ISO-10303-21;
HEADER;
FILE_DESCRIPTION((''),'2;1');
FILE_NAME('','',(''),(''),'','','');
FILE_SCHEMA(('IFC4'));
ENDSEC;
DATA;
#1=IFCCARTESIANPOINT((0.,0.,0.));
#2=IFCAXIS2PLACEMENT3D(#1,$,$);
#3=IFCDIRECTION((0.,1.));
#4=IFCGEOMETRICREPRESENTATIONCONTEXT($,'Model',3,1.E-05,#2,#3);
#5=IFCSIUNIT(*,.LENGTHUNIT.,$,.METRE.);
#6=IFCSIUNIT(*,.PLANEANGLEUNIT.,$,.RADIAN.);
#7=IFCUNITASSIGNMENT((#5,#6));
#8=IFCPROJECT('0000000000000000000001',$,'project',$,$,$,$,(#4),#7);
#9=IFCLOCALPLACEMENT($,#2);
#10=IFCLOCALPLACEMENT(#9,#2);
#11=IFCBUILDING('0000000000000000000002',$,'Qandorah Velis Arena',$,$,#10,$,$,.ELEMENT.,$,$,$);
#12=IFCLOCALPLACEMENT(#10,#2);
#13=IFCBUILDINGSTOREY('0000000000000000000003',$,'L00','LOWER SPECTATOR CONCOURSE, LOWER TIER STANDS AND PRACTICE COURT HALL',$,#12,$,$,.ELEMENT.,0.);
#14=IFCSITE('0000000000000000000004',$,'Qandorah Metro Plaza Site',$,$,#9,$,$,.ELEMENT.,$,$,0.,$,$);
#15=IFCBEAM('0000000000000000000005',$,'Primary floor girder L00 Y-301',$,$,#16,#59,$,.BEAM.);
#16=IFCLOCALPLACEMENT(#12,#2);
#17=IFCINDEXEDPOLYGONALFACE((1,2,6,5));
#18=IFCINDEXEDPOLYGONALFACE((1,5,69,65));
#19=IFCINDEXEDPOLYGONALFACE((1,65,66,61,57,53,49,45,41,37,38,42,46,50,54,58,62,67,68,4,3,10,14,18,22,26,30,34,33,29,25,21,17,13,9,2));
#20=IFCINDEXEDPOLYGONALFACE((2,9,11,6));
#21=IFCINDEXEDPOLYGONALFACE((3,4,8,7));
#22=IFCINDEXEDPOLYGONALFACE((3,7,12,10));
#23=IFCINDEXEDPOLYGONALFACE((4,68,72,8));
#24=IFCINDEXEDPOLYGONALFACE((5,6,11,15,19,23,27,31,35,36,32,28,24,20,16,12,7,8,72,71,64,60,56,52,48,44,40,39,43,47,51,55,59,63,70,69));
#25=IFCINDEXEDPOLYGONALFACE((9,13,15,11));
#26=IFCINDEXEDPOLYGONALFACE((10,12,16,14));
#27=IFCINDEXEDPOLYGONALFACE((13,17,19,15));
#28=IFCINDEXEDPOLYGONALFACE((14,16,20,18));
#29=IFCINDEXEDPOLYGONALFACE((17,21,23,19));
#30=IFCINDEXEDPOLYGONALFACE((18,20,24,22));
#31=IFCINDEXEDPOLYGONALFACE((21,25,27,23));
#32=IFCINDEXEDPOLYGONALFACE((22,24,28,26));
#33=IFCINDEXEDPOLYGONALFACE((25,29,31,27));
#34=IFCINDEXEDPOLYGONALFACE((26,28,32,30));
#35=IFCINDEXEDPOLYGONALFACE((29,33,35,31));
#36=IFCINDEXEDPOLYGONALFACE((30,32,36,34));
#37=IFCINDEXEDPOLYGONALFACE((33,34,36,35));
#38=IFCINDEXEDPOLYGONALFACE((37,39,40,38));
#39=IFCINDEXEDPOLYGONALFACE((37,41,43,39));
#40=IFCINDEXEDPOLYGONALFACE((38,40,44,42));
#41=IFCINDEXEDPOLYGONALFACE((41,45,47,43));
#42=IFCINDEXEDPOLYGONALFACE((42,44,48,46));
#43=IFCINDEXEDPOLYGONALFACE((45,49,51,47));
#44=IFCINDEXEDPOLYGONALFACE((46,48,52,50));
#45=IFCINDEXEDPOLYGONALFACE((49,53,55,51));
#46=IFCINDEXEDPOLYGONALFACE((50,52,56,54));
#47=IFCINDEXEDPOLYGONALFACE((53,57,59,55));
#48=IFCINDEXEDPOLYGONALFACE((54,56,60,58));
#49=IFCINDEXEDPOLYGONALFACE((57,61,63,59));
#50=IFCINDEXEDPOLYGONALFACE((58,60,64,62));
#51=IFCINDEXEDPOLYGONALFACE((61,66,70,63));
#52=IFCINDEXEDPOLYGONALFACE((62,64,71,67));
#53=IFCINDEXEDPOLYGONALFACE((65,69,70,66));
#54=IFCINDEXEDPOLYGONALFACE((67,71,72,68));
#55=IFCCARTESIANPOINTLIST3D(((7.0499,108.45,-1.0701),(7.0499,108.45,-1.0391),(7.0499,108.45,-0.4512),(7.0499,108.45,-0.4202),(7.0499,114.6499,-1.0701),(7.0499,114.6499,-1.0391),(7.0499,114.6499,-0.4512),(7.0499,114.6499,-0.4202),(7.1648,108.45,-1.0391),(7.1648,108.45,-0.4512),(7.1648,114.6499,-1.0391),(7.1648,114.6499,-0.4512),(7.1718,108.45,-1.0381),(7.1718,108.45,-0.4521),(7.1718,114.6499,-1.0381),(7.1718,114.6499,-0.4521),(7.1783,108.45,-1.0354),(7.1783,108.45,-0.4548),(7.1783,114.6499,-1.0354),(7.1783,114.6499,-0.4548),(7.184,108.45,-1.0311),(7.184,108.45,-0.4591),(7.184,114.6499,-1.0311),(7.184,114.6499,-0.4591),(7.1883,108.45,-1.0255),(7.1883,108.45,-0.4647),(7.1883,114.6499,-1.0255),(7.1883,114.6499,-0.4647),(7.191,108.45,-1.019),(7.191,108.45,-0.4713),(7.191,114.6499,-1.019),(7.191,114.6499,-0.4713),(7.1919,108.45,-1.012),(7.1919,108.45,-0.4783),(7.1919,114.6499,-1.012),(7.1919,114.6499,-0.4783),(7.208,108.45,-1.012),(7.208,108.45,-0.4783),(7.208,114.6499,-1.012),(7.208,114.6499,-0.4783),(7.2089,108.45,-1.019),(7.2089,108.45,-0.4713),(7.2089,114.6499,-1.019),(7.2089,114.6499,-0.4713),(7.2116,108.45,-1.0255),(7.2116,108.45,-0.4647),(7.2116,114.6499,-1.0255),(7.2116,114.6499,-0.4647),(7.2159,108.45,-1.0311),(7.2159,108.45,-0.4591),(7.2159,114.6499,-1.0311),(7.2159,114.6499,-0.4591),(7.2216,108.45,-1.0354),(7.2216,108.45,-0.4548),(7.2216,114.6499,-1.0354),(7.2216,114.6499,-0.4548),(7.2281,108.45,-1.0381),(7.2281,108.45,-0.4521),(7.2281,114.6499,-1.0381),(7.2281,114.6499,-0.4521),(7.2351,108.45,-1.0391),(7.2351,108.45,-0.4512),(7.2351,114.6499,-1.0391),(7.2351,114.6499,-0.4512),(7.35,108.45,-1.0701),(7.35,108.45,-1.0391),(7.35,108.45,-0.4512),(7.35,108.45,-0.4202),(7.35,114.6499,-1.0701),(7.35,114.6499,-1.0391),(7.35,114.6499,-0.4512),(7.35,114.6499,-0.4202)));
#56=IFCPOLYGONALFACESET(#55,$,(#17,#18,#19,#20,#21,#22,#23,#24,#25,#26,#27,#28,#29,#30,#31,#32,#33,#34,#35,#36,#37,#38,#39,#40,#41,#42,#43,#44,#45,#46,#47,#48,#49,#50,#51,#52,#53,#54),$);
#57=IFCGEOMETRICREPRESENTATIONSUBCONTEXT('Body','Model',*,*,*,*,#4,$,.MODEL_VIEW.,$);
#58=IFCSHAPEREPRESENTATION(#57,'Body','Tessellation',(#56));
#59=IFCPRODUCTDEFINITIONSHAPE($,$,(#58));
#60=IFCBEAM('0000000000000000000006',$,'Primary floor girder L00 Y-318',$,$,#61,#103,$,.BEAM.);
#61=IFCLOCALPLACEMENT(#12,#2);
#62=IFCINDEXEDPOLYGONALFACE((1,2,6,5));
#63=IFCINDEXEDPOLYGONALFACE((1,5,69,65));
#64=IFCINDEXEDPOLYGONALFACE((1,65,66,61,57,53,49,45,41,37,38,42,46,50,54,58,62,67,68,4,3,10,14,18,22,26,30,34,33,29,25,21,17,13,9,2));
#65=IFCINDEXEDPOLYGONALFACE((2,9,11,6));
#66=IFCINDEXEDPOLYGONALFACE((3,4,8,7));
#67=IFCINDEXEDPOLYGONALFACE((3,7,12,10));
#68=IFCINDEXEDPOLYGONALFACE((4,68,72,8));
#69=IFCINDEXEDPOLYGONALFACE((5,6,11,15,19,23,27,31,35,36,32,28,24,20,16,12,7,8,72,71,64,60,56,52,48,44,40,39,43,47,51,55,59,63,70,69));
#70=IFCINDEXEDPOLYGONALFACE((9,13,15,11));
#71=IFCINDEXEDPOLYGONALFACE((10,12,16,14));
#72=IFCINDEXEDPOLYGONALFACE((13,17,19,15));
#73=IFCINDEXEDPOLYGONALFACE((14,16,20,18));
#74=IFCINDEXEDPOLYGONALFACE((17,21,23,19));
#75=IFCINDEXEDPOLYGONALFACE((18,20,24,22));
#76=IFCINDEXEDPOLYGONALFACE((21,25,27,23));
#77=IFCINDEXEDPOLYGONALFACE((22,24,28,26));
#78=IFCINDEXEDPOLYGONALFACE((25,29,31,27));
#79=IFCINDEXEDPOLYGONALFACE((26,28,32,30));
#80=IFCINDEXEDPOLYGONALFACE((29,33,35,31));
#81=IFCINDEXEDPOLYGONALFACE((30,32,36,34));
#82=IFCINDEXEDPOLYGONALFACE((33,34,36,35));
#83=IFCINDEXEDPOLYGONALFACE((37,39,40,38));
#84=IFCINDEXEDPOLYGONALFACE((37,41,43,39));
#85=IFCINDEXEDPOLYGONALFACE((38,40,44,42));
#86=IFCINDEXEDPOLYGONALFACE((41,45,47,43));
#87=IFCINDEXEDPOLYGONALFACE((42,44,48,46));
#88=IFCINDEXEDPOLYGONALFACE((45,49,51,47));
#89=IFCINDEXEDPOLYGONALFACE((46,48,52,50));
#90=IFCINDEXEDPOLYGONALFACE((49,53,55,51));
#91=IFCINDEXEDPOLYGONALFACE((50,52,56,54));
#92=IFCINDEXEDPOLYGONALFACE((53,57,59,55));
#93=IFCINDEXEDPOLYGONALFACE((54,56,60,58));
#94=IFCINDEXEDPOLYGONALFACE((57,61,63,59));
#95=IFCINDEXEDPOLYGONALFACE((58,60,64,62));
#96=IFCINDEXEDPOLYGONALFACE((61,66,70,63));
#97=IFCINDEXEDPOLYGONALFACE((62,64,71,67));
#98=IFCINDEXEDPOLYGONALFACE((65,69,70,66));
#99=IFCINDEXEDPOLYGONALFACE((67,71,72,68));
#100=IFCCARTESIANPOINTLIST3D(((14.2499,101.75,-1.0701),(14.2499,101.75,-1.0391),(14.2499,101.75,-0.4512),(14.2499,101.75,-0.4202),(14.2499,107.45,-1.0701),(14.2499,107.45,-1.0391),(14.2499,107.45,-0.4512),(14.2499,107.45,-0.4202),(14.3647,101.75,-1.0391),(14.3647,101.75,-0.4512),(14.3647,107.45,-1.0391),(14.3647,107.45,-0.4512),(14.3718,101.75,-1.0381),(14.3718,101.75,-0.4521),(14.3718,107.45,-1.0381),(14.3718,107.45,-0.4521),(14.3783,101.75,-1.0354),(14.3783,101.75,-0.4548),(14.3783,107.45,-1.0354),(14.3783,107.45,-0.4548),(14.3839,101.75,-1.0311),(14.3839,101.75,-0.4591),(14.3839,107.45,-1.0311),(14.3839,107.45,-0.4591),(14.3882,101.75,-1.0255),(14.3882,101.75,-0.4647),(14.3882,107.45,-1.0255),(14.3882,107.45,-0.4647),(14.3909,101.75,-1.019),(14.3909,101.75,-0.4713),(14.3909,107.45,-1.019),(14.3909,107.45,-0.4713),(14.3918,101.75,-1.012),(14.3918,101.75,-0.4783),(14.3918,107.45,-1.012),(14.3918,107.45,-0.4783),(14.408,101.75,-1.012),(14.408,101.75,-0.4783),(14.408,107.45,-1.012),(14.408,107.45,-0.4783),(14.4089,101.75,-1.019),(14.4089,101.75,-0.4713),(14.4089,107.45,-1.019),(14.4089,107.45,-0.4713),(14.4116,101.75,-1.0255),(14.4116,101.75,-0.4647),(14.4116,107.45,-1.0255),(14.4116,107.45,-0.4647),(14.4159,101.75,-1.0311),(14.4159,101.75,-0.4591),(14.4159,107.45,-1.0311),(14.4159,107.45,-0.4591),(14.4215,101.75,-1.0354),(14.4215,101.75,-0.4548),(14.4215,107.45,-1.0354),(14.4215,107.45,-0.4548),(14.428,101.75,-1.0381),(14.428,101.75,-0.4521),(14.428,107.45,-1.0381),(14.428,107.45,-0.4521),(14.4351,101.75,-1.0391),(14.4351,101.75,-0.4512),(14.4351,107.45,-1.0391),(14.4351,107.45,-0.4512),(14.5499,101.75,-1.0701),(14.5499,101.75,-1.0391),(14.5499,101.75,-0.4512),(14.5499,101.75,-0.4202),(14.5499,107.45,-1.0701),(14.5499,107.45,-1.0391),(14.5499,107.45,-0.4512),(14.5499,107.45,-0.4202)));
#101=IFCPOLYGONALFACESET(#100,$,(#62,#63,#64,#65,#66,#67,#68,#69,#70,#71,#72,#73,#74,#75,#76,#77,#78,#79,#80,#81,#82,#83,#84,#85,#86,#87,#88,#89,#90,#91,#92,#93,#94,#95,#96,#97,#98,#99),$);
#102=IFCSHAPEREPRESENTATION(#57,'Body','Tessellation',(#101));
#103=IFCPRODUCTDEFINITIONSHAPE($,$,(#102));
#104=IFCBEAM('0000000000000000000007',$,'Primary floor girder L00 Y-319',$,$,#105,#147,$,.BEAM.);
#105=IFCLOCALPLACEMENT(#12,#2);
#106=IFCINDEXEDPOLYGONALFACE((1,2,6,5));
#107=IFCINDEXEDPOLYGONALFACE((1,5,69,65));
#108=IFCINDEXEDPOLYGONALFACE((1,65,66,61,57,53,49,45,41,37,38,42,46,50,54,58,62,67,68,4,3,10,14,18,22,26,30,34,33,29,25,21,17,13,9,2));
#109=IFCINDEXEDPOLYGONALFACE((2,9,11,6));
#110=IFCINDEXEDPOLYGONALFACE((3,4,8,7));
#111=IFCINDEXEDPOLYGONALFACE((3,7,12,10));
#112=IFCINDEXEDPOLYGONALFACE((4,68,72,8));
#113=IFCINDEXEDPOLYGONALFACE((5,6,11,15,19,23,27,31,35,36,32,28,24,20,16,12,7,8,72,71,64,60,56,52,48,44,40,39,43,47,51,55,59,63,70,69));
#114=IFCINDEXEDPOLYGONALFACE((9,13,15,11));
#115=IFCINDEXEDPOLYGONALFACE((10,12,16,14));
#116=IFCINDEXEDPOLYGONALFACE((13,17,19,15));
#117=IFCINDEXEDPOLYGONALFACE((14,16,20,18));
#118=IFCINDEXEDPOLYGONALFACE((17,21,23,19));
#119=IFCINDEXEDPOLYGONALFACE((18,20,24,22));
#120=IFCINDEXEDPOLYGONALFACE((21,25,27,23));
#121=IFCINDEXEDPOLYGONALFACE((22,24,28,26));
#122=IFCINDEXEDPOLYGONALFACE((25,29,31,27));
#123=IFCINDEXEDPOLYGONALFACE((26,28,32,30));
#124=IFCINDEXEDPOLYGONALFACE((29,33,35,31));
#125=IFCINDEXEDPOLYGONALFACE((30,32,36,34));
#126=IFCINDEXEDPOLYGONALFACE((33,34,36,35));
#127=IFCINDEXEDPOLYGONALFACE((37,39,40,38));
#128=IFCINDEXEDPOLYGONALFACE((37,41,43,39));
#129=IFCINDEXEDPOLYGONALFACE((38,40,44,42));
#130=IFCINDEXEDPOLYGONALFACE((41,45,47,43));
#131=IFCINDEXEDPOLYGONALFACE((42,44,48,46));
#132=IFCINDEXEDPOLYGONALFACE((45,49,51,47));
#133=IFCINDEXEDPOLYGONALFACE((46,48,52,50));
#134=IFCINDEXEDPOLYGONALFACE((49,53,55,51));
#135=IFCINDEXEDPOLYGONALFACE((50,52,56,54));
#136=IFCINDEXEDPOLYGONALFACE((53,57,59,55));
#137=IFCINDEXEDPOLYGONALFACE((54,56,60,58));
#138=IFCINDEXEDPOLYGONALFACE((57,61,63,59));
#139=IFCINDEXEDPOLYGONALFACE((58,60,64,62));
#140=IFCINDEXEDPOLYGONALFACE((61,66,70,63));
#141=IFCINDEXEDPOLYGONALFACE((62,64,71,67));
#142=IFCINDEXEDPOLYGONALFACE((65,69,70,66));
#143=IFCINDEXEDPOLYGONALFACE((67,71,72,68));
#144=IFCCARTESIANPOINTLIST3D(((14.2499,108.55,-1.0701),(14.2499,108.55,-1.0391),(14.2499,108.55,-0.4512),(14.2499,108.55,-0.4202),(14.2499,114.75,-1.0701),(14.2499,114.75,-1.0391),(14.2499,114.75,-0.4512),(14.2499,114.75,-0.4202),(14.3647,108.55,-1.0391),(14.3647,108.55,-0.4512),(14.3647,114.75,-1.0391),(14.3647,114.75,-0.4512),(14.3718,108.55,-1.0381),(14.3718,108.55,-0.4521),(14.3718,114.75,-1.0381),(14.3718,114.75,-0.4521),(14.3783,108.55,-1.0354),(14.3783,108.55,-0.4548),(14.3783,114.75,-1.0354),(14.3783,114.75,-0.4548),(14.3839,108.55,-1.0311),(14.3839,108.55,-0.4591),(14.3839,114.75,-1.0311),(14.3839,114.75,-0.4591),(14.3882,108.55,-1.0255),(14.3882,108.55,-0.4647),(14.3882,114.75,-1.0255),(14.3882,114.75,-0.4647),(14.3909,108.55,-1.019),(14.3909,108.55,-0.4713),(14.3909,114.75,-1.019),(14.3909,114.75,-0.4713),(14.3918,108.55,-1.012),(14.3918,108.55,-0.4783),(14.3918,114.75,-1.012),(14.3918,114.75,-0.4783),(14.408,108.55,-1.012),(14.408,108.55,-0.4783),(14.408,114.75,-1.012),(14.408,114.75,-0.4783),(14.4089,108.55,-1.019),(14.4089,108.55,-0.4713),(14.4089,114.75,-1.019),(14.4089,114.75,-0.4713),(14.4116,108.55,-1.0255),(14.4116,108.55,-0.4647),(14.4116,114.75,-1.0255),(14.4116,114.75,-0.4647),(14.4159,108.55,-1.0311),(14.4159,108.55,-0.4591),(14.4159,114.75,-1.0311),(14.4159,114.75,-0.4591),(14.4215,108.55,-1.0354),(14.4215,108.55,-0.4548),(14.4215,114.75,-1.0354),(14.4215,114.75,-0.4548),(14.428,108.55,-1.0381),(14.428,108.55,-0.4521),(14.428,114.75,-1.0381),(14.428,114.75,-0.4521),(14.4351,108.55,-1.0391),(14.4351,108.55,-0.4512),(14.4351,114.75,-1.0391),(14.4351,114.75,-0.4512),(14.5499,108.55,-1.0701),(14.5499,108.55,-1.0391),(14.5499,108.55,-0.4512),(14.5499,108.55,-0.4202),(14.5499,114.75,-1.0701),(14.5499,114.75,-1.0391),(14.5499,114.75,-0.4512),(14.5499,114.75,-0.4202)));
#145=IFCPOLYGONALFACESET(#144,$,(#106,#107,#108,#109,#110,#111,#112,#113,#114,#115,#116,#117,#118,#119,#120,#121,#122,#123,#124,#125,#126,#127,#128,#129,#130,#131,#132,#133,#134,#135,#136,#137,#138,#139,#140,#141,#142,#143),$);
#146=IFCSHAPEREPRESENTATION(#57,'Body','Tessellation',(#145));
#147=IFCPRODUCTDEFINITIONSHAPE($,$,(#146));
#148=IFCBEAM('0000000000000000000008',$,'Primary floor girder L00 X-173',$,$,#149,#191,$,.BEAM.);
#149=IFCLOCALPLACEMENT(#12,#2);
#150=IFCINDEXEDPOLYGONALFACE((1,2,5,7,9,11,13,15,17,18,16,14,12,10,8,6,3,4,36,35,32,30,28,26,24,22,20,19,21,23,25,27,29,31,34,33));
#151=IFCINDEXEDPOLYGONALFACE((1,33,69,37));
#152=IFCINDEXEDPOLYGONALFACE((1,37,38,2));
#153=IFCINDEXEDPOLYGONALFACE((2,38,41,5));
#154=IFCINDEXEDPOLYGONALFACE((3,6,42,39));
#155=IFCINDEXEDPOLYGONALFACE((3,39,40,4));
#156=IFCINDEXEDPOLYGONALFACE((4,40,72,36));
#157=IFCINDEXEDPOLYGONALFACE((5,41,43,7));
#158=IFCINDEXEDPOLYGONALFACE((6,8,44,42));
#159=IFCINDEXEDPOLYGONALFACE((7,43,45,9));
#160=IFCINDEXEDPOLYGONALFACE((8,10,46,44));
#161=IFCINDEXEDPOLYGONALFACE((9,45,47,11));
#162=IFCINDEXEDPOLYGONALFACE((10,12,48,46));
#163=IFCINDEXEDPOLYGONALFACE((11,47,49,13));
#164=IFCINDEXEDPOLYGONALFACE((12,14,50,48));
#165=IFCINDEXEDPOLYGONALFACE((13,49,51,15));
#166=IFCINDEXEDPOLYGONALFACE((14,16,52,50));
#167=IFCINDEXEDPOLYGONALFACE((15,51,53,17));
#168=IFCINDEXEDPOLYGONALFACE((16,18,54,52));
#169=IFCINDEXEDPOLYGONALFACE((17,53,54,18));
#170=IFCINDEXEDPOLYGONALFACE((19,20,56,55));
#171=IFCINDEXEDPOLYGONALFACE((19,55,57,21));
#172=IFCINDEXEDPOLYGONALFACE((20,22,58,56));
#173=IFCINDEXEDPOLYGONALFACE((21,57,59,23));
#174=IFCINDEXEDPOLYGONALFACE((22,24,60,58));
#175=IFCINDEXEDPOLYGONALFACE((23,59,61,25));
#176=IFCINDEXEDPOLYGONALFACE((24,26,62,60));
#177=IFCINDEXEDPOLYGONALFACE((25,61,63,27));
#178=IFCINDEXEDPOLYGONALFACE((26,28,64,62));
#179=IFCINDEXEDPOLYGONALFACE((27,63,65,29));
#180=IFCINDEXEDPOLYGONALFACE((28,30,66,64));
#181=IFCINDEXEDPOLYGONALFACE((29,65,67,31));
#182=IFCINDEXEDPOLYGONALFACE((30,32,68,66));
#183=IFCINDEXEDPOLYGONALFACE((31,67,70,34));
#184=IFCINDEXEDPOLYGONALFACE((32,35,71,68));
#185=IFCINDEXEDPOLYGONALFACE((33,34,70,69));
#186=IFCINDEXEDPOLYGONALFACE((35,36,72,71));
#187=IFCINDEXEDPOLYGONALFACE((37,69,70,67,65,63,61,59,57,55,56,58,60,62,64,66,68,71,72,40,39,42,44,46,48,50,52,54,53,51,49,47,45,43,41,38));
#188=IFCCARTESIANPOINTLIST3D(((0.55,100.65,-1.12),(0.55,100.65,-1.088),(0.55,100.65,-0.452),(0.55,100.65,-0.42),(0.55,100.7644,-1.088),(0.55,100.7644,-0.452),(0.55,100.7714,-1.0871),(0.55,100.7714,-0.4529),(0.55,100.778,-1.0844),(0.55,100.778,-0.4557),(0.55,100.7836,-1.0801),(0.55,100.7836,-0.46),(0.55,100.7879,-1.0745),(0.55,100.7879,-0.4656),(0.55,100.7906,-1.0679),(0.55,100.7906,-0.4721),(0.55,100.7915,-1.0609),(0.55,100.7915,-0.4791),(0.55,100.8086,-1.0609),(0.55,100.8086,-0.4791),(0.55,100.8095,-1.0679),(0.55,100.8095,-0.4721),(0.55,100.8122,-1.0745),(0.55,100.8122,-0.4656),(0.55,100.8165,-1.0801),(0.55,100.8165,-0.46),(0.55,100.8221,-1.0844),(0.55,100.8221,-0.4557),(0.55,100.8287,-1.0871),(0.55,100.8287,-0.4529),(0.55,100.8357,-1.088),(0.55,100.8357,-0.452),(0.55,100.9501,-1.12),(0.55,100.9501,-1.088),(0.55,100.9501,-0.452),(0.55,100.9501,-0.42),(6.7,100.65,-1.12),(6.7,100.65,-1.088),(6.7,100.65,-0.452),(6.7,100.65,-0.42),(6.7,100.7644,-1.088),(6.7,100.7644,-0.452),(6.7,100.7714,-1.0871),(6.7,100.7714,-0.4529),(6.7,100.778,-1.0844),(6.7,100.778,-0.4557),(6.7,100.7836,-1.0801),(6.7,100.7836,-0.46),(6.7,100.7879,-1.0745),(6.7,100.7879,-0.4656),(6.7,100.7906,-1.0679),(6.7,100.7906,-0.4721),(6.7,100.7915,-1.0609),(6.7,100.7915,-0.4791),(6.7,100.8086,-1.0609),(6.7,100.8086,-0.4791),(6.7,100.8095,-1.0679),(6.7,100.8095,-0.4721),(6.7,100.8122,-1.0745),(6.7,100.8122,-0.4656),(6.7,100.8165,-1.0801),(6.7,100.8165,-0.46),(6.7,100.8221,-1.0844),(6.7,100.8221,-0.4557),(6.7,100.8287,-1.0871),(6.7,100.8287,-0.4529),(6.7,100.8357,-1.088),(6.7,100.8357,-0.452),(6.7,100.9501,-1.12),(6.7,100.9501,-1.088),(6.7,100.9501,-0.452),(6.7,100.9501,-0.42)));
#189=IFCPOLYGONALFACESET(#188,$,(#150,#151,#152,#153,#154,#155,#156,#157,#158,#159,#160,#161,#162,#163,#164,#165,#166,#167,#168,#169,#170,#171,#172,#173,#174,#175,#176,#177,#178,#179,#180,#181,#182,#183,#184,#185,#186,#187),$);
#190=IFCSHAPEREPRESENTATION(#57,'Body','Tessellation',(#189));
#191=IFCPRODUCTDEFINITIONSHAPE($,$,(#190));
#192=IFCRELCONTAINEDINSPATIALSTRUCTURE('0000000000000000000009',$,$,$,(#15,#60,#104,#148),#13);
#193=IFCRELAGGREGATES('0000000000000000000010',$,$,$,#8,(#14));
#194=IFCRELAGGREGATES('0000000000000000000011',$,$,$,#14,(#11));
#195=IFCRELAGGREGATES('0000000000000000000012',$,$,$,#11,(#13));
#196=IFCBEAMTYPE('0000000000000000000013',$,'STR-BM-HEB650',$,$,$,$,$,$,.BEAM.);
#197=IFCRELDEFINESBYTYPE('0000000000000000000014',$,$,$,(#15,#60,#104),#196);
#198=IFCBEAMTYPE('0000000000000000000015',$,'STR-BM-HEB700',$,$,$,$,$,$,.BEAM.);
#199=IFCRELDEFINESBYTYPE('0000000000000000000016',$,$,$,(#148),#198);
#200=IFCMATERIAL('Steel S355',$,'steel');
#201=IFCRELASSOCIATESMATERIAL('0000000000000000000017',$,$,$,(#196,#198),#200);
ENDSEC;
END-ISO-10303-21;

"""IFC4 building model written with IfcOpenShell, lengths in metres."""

from ifc_helpers import new_model, si_unit, direction, frame, origin, origin_2d, place, context, subcontext, project, spatial, i_section, extrude, material, material_profile, profile_set, type_object, element, save


model = new_model("IFC4")

# Units and contexts
model_context = context("Model", 3, precision=1e-05, world=origin(), true_north=direction((0.0, 1.0)))
body_context = subcontext(model_context, "Body", "Model", "MODEL_VIEW")
ifc_project = project(units=[si_unit("LENGTHUNIT", "METRE"), si_unit("PLANEANGLEUNIT", "RADIAN")], contexts=[model_context])

# Site, building, storey
site_placement = place(None, origin())
site = spatial("IfcSite", under=ifc_project, at=site_placement, Name="Qandorah Metro Plaza Site", CompositionType="ELEMENT", RefElevation=0.0)
building_placement = place(site_placement, origin())
building = spatial("IfcBuilding", under=site, at=building_placement, Name="Qandorah Velis Arena", CompositionType="ELEMENT")
storey_placement = place(building_placement, origin())
storey = spatial("IfcBuildingStorey", under=building, at=storey_placement, Name="L00", Description="LOWER SPECTATOR CONCOURSE, LOWER TIER STANDS AND PRACTICE COURT HALL", CompositionType="ELEMENT", Elevation=0.0)

# Beams
ifc_material_1 = material(Name="Steel S355", Category="steel")
ifc_material_profile_1 = material_profile(ifc_material_1, i_section(OverallWidth=0.3, OverallDepth=0.6499, WebThickness=0.0161, FlangeThickness=0.031, FilletRadius=0.0271, at=origin_2d()), Name="HEB 650")
ifc_profile_set_1 = profile_set([ifc_material_profile_1], Name="Steel S355")
beam_type_1 = type_object("IfcBeamType", Name="STR-BM-HEB650", PredefinedType="BEAM", material=ifc_profile_set_1)
beam_1_placement = place(storey_placement, frame((7.2, 108.45, -0.7451), z_axis=(0.0, 1.0, 0.0), x_axis=(-1.0, 0.0, 0.0)))
element("IfcBeam", 1, at=beam_1_placement, inside=storey, type_object=beam_type_1, Name="Primary floor girder L00 Y-301", PredefinedType="BEAM", context=body_context, shape_type="SweptSolid", body=[
    extrude(i_section(OverallWidth=0.3, OverallDepth=0.6499, WebThickness=0.0161, FlangeThickness=0.031, FilletRadius=0.0271, at=origin_2d()), origin(), (0.0, 0.0, 1.0), 6.2),
])
beam_2_placement = place(storey_placement, frame((14.3999, 101.75, -0.7451), z_axis=(0.0, 1.0, 0.0), x_axis=(-1.0, 0.0, 0.0)))
element("IfcBeam", 2, at=beam_2_placement, inside=storey, type_object=beam_type_1, Name="Primary floor girder L00 Y-318", PredefinedType="BEAM", context=body_context, shape_type="SweptSolid", body=[
    extrude(i_section(OverallWidth=0.3, OverallDepth=0.6499, WebThickness=0.0161, FlangeThickness=0.031, FilletRadius=0.0271, at=origin_2d()), origin(), (0.0, 0.0, 1.0), 5.7),
])
beam_3_placement = place(storey_placement, frame((14.3999, 108.55, -0.7451), z_axis=(0.0, 1.0, 0.0), x_axis=(-1.0, 0.0, 0.0)))
element("IfcBeam", 3, at=beam_3_placement, inside=storey, type_object=beam_type_1, Name="Primary floor girder L00 Y-319", PredefinedType="BEAM", context=body_context, shape_type="SweptSolid", body=[
    extrude(i_section(OverallWidth=0.3, OverallDepth=0.6499, WebThickness=0.0161, FlangeThickness=0.031, FilletRadius=0.0271, at=origin_2d()), origin(), (0.0, 0.0, 1.0), 6.2),
])
ifc_material_profile_2 = material_profile(ifc_material_1, i_section(OverallWidth=0.3, OverallDepth=0.7, WebThickness=0.0171, FlangeThickness=0.032, FilletRadius=0.0271, at=origin_2d()), Name="HEB 700")
ifc_profile_set_2 = profile_set([ifc_material_profile_2], Name="Steel S355")
beam_type_2 = type_object("IfcBeamType", Name="STR-BM-HEB700", PredefinedType="BEAM", material=ifc_profile_set_2)
beam_4_placement = place(storey_placement, frame((0.55, 100.8, -0.77), z_axis=(1.0, 0.0, 0.0), x_axis=(0.0, 1.0, 0.0)))
element("IfcBeam", 4, at=beam_4_placement, inside=storey, type_object=beam_type_2, Name="Primary floor girder L00 X-173", PredefinedType="BEAM", context=body_context, shape_type="SweptSolid", body=[
    extrude(i_section(OverallWidth=0.3, OverallDepth=0.7, WebThickness=0.0171, FlangeThickness=0.032, FilletRadius=0.0271, at=origin_2d()), origin(), (0.0, 0.0, 1.0), 6.1499),
])

save(model, "model.ifc")
